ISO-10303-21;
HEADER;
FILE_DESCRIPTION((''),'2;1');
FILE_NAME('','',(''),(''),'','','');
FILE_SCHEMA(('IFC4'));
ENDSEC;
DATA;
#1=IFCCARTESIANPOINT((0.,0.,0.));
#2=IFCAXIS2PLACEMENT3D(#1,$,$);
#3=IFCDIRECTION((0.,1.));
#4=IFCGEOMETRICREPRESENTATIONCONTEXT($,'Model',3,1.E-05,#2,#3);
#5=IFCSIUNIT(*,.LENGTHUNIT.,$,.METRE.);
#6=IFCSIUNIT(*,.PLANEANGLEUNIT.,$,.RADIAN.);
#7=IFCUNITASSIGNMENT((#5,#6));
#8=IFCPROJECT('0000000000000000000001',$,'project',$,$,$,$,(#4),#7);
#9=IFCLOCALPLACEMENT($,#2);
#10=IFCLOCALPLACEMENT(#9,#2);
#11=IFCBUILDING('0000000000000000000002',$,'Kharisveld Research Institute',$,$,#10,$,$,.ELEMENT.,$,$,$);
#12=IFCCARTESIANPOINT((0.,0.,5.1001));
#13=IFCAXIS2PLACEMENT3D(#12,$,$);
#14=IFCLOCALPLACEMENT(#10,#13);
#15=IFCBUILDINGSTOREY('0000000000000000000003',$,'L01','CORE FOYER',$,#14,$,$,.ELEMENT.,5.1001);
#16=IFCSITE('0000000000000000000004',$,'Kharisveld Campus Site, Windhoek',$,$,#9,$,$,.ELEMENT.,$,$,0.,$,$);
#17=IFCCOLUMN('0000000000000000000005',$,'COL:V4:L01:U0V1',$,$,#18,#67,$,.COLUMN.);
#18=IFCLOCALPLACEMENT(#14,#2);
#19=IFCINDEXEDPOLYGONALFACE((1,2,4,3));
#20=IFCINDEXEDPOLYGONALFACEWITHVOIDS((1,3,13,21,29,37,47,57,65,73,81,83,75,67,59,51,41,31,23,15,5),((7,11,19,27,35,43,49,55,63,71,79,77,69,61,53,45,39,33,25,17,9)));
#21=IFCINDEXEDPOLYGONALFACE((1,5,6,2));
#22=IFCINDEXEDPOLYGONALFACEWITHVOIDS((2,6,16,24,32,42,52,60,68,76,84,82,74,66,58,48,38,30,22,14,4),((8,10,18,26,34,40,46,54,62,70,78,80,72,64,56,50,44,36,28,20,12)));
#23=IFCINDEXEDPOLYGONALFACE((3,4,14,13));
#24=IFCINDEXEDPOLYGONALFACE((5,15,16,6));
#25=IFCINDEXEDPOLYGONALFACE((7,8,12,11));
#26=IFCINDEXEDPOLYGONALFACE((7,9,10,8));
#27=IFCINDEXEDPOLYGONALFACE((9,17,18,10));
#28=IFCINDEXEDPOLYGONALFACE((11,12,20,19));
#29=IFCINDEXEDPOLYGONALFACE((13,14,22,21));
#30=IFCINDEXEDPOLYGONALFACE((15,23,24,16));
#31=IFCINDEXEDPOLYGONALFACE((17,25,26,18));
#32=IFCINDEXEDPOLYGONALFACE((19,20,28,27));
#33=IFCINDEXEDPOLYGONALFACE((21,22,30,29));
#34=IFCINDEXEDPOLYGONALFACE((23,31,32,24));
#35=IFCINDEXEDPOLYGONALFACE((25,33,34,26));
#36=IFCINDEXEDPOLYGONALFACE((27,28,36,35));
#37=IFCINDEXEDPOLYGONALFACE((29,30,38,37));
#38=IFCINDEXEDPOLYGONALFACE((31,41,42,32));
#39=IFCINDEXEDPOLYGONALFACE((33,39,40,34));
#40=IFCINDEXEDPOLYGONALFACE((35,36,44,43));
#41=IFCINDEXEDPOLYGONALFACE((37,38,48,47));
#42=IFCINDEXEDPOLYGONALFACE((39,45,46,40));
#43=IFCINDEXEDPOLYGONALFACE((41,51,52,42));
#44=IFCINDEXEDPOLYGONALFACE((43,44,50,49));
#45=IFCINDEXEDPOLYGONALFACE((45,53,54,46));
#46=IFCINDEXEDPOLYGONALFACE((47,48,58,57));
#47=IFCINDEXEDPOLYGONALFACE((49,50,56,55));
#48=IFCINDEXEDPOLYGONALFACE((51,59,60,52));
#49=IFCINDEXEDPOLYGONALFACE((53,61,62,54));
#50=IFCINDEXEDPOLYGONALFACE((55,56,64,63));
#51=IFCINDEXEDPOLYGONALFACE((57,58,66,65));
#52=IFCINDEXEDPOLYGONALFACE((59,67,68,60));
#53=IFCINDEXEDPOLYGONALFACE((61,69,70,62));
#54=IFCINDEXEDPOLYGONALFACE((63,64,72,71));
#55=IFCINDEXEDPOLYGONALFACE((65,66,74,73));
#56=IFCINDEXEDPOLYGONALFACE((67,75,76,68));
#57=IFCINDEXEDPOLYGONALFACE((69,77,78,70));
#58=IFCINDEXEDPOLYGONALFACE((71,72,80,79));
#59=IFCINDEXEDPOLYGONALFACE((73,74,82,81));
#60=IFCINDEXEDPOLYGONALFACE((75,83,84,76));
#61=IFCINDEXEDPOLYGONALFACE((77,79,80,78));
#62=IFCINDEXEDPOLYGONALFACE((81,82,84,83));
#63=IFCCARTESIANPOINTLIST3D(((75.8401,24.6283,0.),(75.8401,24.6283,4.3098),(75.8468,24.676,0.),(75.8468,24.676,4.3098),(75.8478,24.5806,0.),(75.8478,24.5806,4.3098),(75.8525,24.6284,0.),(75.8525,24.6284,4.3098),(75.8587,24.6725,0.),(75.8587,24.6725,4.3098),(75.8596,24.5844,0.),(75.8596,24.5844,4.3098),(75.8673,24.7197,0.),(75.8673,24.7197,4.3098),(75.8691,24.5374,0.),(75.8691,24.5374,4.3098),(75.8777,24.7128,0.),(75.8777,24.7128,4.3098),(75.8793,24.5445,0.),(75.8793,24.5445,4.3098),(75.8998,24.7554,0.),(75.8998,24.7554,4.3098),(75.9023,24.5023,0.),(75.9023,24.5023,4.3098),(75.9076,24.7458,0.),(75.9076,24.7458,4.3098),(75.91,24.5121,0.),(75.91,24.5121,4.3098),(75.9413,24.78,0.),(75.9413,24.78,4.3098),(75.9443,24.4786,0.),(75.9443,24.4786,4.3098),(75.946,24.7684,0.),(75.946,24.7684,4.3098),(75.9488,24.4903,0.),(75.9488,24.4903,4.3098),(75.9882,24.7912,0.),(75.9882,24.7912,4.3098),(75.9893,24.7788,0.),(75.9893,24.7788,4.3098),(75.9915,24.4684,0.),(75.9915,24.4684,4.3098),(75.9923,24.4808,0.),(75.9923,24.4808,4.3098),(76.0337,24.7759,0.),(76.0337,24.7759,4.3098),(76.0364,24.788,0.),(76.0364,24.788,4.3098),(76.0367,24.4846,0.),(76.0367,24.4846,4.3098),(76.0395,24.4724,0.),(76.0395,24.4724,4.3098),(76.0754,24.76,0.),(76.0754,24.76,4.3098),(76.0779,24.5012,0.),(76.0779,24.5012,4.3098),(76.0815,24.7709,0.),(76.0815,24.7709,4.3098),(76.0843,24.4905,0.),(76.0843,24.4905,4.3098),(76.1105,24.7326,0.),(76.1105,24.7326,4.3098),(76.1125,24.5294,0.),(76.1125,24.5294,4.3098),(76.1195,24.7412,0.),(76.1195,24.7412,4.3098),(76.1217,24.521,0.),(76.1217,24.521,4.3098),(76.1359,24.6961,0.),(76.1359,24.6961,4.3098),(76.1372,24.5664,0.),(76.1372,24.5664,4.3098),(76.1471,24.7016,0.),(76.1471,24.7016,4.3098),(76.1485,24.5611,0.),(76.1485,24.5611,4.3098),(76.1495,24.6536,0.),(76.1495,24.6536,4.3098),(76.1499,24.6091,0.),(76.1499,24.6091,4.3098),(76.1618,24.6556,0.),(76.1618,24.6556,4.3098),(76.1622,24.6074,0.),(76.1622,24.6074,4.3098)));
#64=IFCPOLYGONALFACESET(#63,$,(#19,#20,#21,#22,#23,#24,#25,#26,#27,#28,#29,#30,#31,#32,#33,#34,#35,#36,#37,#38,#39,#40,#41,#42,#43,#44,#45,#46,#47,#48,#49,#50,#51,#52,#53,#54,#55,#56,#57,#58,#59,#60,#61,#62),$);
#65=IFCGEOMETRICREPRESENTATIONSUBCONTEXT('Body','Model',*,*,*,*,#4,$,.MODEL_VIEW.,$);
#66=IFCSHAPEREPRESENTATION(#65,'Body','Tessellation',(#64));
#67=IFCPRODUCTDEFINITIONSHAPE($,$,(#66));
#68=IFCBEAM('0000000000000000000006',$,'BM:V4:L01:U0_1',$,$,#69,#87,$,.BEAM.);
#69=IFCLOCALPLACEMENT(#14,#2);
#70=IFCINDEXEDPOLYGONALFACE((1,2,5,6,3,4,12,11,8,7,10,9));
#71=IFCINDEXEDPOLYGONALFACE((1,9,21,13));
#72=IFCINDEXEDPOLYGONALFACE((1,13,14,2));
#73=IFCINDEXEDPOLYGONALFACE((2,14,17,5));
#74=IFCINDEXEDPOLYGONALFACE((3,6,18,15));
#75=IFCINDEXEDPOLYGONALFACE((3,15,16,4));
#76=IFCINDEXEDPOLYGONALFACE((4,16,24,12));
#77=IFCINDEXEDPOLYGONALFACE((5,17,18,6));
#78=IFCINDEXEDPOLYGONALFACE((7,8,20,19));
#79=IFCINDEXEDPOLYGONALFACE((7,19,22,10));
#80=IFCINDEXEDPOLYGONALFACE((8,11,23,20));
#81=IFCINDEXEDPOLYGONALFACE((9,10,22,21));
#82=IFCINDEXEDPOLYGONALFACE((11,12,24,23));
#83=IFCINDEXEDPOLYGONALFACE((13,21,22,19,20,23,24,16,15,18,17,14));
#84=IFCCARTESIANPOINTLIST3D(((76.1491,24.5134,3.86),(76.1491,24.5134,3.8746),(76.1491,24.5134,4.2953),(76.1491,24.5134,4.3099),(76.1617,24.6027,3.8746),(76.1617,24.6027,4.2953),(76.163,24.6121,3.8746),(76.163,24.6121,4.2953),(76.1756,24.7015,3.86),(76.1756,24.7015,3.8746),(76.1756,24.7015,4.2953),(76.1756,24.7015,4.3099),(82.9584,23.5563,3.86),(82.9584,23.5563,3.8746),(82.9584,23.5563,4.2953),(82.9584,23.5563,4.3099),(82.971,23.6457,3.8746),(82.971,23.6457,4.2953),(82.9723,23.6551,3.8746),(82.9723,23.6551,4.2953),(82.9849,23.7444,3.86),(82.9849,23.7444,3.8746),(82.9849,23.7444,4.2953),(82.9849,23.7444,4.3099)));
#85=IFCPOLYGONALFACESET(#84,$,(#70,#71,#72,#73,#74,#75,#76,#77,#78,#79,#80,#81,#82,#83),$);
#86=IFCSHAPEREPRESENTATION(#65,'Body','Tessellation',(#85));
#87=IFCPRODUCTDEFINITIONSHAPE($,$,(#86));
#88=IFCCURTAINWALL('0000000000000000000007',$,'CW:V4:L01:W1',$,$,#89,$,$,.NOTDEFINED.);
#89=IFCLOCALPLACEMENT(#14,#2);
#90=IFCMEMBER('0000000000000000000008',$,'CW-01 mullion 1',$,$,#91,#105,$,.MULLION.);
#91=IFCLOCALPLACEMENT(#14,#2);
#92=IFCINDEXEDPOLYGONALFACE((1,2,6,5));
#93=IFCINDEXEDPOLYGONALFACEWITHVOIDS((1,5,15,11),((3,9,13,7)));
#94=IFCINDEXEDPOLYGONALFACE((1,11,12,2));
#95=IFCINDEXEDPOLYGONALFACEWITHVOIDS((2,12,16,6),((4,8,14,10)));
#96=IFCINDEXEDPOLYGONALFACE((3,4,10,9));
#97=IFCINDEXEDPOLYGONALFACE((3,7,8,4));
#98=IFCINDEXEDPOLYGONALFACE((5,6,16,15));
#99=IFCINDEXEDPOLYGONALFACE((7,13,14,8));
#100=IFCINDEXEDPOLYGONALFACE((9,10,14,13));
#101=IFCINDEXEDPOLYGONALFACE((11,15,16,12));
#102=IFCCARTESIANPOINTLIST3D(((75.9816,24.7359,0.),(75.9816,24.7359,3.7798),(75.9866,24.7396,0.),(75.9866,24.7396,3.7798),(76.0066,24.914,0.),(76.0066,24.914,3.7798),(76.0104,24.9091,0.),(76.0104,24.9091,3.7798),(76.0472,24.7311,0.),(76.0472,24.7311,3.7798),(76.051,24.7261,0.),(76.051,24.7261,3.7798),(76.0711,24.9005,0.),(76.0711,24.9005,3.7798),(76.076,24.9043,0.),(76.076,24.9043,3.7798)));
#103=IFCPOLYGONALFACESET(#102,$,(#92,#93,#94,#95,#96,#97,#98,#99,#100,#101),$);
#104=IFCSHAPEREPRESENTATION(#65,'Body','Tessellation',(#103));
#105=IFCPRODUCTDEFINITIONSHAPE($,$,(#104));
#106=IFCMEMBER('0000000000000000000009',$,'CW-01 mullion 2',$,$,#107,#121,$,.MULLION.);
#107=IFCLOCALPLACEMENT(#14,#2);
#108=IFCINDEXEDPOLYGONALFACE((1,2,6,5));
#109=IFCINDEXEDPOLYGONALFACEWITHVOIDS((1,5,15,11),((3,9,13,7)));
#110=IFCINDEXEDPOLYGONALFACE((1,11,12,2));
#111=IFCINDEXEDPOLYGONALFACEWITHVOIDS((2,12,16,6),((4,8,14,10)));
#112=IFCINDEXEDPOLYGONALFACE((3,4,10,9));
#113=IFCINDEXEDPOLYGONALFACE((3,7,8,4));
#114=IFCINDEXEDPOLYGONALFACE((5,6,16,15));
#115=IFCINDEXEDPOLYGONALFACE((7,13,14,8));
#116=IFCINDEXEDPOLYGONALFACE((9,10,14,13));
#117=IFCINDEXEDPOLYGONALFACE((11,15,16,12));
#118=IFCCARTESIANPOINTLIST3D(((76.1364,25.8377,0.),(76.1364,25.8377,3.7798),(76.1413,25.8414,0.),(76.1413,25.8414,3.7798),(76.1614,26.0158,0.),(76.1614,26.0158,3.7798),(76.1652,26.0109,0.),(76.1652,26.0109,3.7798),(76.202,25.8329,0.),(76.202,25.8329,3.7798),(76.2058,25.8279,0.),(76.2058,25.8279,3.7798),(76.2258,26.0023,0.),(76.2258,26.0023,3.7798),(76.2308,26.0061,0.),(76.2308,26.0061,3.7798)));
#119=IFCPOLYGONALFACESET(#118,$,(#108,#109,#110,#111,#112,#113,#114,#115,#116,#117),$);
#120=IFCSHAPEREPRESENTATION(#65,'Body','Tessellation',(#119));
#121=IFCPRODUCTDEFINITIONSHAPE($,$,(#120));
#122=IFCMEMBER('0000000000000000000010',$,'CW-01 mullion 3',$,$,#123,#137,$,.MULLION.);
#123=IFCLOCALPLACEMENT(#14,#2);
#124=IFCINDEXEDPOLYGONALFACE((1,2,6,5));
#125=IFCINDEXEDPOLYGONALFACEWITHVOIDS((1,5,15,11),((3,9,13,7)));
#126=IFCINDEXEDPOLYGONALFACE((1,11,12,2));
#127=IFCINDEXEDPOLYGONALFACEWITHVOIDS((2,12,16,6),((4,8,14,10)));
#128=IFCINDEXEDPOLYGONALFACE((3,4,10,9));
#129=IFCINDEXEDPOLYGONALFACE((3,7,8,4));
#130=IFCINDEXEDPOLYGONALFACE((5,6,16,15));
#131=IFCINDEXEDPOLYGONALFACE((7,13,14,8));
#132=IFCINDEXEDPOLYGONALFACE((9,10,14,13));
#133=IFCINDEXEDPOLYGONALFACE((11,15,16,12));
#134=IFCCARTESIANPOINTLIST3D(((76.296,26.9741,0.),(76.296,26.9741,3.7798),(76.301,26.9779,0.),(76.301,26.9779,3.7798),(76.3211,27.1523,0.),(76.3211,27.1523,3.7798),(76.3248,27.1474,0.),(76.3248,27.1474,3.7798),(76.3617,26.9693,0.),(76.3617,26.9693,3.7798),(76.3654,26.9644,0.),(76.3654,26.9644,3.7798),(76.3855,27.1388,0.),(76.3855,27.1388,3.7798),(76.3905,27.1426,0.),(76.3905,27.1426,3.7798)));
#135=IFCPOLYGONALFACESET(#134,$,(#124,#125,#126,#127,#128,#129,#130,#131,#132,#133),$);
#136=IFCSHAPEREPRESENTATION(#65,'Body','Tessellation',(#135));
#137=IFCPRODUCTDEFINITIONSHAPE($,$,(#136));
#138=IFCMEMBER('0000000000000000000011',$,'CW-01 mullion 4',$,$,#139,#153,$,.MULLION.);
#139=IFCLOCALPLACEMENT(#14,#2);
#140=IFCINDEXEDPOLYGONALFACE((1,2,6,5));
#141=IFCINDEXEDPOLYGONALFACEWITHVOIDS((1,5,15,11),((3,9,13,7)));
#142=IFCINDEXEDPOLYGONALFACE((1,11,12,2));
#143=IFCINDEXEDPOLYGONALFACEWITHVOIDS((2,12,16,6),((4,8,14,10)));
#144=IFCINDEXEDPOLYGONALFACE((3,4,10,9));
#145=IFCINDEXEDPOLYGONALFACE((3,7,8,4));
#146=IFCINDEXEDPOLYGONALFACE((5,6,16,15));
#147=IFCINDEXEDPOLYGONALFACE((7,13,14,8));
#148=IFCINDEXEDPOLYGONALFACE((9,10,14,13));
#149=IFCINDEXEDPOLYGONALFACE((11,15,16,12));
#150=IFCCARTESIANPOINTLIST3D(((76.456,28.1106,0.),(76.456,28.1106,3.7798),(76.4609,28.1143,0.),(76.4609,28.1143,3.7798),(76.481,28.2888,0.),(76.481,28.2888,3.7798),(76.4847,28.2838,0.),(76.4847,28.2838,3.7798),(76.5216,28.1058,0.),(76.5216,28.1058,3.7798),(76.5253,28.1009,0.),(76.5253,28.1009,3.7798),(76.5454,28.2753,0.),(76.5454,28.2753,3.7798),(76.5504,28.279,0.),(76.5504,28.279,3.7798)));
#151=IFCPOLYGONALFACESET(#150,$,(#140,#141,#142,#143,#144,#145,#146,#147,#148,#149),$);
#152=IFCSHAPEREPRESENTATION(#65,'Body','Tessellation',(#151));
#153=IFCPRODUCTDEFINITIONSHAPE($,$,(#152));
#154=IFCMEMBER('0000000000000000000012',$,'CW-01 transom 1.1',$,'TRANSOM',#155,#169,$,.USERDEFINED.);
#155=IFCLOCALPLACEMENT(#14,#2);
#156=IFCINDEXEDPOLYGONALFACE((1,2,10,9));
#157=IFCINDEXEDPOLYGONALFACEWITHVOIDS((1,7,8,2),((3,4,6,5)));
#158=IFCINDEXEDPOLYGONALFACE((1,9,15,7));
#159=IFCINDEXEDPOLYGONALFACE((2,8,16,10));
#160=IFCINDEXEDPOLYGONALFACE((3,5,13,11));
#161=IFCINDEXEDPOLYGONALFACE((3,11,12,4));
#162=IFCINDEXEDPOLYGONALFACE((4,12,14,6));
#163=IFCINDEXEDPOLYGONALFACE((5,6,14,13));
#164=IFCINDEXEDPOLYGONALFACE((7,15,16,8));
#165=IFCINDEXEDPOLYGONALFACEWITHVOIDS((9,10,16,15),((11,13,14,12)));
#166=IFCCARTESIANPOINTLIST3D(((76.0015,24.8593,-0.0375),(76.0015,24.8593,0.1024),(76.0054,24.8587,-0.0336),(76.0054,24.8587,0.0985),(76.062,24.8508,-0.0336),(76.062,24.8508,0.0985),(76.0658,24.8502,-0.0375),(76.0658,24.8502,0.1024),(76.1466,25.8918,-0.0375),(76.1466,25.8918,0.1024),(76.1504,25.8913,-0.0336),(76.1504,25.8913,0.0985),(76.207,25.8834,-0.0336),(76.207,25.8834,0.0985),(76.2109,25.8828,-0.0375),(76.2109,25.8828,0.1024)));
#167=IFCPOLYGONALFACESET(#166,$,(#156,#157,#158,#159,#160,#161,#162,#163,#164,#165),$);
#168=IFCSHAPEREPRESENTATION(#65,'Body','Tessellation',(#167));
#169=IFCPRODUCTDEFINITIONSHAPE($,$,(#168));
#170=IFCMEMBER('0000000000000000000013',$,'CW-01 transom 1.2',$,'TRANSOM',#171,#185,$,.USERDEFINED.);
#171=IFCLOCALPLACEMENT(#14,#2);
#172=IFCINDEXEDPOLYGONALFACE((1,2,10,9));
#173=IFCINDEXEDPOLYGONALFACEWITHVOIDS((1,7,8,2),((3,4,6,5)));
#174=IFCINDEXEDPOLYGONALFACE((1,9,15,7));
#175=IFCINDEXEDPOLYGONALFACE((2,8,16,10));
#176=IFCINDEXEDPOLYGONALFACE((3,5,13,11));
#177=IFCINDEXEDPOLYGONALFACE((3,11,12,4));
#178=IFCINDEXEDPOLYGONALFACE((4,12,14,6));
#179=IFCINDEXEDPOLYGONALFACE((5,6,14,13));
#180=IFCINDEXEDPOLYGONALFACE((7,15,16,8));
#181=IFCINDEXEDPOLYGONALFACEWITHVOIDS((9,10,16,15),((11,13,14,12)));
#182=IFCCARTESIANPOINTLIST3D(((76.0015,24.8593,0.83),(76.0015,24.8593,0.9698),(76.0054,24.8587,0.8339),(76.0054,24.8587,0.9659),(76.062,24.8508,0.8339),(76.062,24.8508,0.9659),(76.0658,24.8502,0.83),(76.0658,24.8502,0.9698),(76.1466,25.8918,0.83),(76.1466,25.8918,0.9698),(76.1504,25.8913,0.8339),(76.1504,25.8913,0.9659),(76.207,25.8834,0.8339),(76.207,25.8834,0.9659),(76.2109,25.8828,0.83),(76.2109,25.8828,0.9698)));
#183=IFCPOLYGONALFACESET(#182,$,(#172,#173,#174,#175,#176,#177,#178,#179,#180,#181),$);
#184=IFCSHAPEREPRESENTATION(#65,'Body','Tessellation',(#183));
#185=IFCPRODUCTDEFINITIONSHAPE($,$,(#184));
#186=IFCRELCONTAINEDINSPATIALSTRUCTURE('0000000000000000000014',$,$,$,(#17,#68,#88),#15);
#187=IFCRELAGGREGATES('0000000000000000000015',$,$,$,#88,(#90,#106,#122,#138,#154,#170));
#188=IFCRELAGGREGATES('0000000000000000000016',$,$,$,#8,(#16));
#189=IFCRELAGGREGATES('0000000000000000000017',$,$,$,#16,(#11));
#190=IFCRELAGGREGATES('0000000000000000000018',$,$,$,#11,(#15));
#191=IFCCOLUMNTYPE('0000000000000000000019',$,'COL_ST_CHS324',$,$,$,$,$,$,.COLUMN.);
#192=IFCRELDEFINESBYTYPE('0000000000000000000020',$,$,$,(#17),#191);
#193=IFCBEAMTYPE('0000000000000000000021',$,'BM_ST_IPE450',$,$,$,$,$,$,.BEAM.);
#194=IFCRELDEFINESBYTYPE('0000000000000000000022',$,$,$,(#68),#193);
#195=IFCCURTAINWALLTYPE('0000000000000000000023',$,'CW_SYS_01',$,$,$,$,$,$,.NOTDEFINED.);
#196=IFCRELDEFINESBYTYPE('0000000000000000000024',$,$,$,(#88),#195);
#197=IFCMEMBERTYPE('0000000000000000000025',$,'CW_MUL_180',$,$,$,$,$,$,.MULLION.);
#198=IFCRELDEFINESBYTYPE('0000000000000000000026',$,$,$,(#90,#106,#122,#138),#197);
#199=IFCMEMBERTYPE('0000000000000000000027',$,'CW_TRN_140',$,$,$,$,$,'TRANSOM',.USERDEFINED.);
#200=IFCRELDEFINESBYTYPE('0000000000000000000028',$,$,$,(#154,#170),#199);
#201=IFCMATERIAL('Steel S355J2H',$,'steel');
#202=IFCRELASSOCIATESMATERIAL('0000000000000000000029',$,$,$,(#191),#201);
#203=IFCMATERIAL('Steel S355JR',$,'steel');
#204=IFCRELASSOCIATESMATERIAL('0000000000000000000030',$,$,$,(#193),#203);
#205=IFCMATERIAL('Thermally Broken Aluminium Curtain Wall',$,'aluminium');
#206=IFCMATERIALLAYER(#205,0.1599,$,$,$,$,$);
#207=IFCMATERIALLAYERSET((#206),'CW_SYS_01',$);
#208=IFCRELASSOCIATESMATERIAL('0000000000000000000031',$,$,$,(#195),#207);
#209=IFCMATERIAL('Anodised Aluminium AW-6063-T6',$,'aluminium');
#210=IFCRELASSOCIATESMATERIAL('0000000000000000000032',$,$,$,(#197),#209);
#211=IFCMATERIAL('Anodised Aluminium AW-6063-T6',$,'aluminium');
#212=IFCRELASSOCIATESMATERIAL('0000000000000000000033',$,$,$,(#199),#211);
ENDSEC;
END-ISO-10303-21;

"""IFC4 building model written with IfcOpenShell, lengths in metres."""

from ifc_helpers import new_model, si_unit, direction, frame, origin, origin_2d, place, context, subcontext, project, spatial, hollow_rectangle, hollow_circle, i_section, extrude, material, layer, layer_set, material_profile, profile_set, type_object, element, aggregate, save


model = new_model("IFC4")

# Units and contexts
model_context = context("Model", 3, precision=1e-05, world=origin(), true_north=direction((0.0, 1.0)))
body_context = subcontext(model_context, "Body", "Model", "MODEL_VIEW")
ifc_project = project(units=[si_unit("LENGTHUNIT", "METRE"), si_unit("PLANEANGLEUNIT", "RADIAN")], contexts=[model_context])

# Site, building, storey
site_placement = place(None, origin())
site = spatial("IfcSite", under=ifc_project, at=site_placement, Name="Kharisveld Campus Site, Windhoek", CompositionType="ELEMENT", RefElevation=0.0)
building_placement = place(site_placement, origin())
building = spatial("IfcBuilding", under=site, at=building_placement, Name="Kharisveld Research Institute", CompositionType="ELEMENT")
storey_placement = place(building_placement, frame((0.0, 0.0, 5.1001)))
storey = spatial("IfcBuildingStorey", under=building, at=storey_placement, Name="L01", Description="CORE FOYER", CompositionType="ELEMENT", Elevation=5.1001)

# Column
ifc_material_1 = material(Name="Steel S355J2H", Category="steel")
ifc_material_profile_1 = material_profile(ifc_material_1, hollow_circle(Radius=0.1619, WallThickness=0.0125, at=origin_2d()))
ifc_profile_set_1 = profile_set([ifc_material_profile_1], Name="Steel S355J2H")
column_type = type_object("IfcColumnType", Name="COL_ST_CHS324", PredefinedType="COLUMN", material=ifc_profile_set_1)
column_placement = place(storey_placement, frame((76.002, 24.6299, 0.0), z_axis=(0.0, 0.0, 1.0), x_axis=(0.990268, -0.139173, 0.0)))
element("IfcColumn", 1, at=column_placement, inside=storey, type_object=column_type, Name="COL:V4:L01:U0V1", PredefinedType="COLUMN", context=body_context, shape_type="SweptSolid", body=[
    extrude(hollow_circle(Radius=0.1619, WallThickness=0.0125, at=origin_2d()), origin(), (0.0, 0.0, 1.0), 4.3098),
])

# Beam
ifc_material_2 = material(Name="Steel S355JR", Category="steel")
ifc_material_profile_2 = material_profile(ifc_material_2, i_section(OverallWidth=0.1899, OverallDepth=0.45, WebThickness=0.0095, FlangeThickness=0.0146, at=origin_2d()))
ifc_profile_set_2 = profile_set([ifc_material_profile_2], Name="Steel S355JR")
beam_type_1 = type_object("IfcBeamType", Name="BM_ST_IPE450", PredefinedType="BEAM", material=ifc_profile_set_2)
beam_1_placement = place(storey_placement, frame((76.1624, 24.6074, 4.085), z_axis=(0.990267, -0.139179, 0.0), x_axis=(0.139179, 0.990267, 0.0)))
element("IfcBeam", 2, at=beam_1_placement, inside=storey, type_object=beam_type_1, Name="BM:V4:L01:U0_1", PredefinedType="BEAM", context=body_context, shape_type="SweptSolid", body=[
    extrude(i_section(OverallWidth=0.1899, OverallDepth=0.45, WebThickness=0.0095, FlangeThickness=0.0146, at=origin_2d()), origin(), (0.0, 0.0, 1.0), 6.8762),
])

# Curtain wall, members
ifc_material_3 = material(Name="Thermally Broken Aluminium Curtain Wall", Category="aluminium")
ifc_layer_1 = layer(ifc_material_3, 0.1599)
ifc_layer_set_1 = layer_set([ifc_layer_1], Name="CW_SYS_01")
curtain_wall_type = type_object("IfcCurtainWallType", Name="CW_SYS_01", PredefinedType="NOTDEFINED", material=ifc_layer_set_1)
curtain_wall_placement = place(storey_placement, origin())
curtain_wall = element("IfcCurtainWall", 3, at=curtain_wall_placement, inside=storey, type_object=curtain_wall_type, Name="CW:V4:L01:W1", PredefinedType="NOTDEFINED")
ifc_material_4 = material(Name="Anodised Aluminium AW-6063-T6", Category="aluminium")
ifc_material_profile_3 = material_profile(ifc_material_4, hollow_rectangle(XDim=0.0701, YDim=0.1799, WallThickness=0.0044, at=origin_2d()))
ifc_profile_set_3 = profile_set([ifc_material_profile_3], Name="Anodised Aluminium AW-6063-T6")
member_type_1 = type_object("IfcMemberType", Name="CW_MUL_180", PredefinedType="MULLION", material=ifc_profile_set_3)
member_1_placement = place(storey_placement, frame((76.0288, 24.8201, 0.0), z_axis=(0.0, 0.0, 1.0), x_axis=(-0.990268, 0.139173, 0.0)))
member_1 = element("IfcMember", 4, at=member_1_placement, type_object=member_type_1, Name="CW-01 mullion 1", PredefinedType="MULLION", context=body_context, shape_type="SweptSolid", body=[
    extrude(hollow_rectangle(XDim=0.0701, YDim=0.1799, WallThickness=0.0044, at=origin_2d()), origin(), (0.0, 0.0, 1.0), 3.7798),
])
member_2_placement = place(storey_placement, frame((76.1836, 25.9219, 0.0), z_axis=(0.0, 0.0, 1.0), x_axis=(-0.990268, 0.139173, 0.0)))
member_2 = element("IfcMember", 5, at=member_2_placement, type_object=member_type_1, Name="CW-01 mullion 2", PredefinedType="MULLION", context=body_context, shape_type="SweptSolid", body=[
    extrude(hollow_rectangle(XDim=0.0701, YDim=0.1799, WallThickness=0.0044, at=origin_2d()), origin(), (0.0, 0.0, 1.0), 3.7798),
])
member_3_placement = place(storey_placement, frame((76.3433, 27.0583, 0.0), z_axis=(0.0, 0.0, 1.0), x_axis=(-0.990268, 0.139173, 0.0)))
member_3 = element("IfcMember", 6, at=member_3_placement, type_object=member_type_1, Name="CW-01 mullion 3", PredefinedType="MULLION", context=body_context, shape_type="SweptSolid", body=[
    extrude(hollow_rectangle(XDim=0.0701, YDim=0.1799, WallThickness=0.0044, at=origin_2d()), origin(), (0.0, 0.0, 1.0), 3.7798),
])
member_4_placement = place(storey_placement, frame((76.5032, 28.1948, 0.0), z_axis=(0.0, 0.0, 1.0), x_axis=(-0.990268, 0.139173, 0.0)))
member_4 = element("IfcMember", 7, at=member_4_placement, type_object=member_type_1, Name="CW-01 mullion 4", PredefinedType="MULLION", context=body_context, shape_type="SweptSolid", body=[
    extrude(hollow_rectangle(XDim=0.0701, YDim=0.1799, WallThickness=0.0044, at=origin_2d()), origin(), (0.0, 0.0, 1.0), 3.7798),
])
ifc_material_5 = material(Name="Anodised Aluminium AW-6063-T6", Category="aluminium")
ifc_material_profile_4 = material_profile(ifc_material_5, hollow_rectangle(XDim=0.0649, YDim=0.1399, WallThickness=0.0039, at=origin_2d()))
ifc_profile_set_4 = profile_set([ifc_material_profile_4], Name="Anodised Aluminium AW-6063-T6")
member_type_2 = type_object("IfcMemberType", Name="CW_TRN_140", ElementType="TRANSOM", PredefinedType="USERDEFINED", material=ifc_profile_set_4)
member_5_placement = place(storey_placement, frame((76.0337, 24.8547, 0.0325), z_axis=(0.139093, 0.990279, 0.0), x_axis=(-0.990279, 0.139093, 0.0)))
member_5 = element("IfcMember", 8, at=member_5_placement, type_object=member_type_2, Name="CW-01 transom 1.1", ObjectType="TRANSOM", PredefinedType="USERDEFINED", context=body_context, shape_type="SweptSolid", body=[
    extrude(hollow_rectangle(XDim=0.0649, YDim=0.1399, WallThickness=0.0039, at=origin_2d()), origin(), (0.0, 0.0, 1.0), 1.0427),
])
member_6_placement = place(storey_placement, frame((76.0337, 24.8547, 0.8999), z_axis=(0.139093, 0.990279, 0.0), x_axis=(-0.990279, 0.139093, 0.0)))
member_6 = element("IfcMember", 9, at=member_6_placement, type_object=member_type_2, Name="CW-01 transom 1.2", ObjectType="TRANSOM", PredefinedType="USERDEFINED", context=body_context, shape_type="SweptSolid", body=[
    extrude(hollow_rectangle(XDim=0.0649, YDim=0.1399, WallThickness=0.0039, at=origin_2d()), origin(), (0.0, 0.0, 1.0), 1.0427),
])

aggregate(curtain_wall, [member_1, member_2, member_3, member_4, member_5, member_6])

save(model, "model.ifc")
